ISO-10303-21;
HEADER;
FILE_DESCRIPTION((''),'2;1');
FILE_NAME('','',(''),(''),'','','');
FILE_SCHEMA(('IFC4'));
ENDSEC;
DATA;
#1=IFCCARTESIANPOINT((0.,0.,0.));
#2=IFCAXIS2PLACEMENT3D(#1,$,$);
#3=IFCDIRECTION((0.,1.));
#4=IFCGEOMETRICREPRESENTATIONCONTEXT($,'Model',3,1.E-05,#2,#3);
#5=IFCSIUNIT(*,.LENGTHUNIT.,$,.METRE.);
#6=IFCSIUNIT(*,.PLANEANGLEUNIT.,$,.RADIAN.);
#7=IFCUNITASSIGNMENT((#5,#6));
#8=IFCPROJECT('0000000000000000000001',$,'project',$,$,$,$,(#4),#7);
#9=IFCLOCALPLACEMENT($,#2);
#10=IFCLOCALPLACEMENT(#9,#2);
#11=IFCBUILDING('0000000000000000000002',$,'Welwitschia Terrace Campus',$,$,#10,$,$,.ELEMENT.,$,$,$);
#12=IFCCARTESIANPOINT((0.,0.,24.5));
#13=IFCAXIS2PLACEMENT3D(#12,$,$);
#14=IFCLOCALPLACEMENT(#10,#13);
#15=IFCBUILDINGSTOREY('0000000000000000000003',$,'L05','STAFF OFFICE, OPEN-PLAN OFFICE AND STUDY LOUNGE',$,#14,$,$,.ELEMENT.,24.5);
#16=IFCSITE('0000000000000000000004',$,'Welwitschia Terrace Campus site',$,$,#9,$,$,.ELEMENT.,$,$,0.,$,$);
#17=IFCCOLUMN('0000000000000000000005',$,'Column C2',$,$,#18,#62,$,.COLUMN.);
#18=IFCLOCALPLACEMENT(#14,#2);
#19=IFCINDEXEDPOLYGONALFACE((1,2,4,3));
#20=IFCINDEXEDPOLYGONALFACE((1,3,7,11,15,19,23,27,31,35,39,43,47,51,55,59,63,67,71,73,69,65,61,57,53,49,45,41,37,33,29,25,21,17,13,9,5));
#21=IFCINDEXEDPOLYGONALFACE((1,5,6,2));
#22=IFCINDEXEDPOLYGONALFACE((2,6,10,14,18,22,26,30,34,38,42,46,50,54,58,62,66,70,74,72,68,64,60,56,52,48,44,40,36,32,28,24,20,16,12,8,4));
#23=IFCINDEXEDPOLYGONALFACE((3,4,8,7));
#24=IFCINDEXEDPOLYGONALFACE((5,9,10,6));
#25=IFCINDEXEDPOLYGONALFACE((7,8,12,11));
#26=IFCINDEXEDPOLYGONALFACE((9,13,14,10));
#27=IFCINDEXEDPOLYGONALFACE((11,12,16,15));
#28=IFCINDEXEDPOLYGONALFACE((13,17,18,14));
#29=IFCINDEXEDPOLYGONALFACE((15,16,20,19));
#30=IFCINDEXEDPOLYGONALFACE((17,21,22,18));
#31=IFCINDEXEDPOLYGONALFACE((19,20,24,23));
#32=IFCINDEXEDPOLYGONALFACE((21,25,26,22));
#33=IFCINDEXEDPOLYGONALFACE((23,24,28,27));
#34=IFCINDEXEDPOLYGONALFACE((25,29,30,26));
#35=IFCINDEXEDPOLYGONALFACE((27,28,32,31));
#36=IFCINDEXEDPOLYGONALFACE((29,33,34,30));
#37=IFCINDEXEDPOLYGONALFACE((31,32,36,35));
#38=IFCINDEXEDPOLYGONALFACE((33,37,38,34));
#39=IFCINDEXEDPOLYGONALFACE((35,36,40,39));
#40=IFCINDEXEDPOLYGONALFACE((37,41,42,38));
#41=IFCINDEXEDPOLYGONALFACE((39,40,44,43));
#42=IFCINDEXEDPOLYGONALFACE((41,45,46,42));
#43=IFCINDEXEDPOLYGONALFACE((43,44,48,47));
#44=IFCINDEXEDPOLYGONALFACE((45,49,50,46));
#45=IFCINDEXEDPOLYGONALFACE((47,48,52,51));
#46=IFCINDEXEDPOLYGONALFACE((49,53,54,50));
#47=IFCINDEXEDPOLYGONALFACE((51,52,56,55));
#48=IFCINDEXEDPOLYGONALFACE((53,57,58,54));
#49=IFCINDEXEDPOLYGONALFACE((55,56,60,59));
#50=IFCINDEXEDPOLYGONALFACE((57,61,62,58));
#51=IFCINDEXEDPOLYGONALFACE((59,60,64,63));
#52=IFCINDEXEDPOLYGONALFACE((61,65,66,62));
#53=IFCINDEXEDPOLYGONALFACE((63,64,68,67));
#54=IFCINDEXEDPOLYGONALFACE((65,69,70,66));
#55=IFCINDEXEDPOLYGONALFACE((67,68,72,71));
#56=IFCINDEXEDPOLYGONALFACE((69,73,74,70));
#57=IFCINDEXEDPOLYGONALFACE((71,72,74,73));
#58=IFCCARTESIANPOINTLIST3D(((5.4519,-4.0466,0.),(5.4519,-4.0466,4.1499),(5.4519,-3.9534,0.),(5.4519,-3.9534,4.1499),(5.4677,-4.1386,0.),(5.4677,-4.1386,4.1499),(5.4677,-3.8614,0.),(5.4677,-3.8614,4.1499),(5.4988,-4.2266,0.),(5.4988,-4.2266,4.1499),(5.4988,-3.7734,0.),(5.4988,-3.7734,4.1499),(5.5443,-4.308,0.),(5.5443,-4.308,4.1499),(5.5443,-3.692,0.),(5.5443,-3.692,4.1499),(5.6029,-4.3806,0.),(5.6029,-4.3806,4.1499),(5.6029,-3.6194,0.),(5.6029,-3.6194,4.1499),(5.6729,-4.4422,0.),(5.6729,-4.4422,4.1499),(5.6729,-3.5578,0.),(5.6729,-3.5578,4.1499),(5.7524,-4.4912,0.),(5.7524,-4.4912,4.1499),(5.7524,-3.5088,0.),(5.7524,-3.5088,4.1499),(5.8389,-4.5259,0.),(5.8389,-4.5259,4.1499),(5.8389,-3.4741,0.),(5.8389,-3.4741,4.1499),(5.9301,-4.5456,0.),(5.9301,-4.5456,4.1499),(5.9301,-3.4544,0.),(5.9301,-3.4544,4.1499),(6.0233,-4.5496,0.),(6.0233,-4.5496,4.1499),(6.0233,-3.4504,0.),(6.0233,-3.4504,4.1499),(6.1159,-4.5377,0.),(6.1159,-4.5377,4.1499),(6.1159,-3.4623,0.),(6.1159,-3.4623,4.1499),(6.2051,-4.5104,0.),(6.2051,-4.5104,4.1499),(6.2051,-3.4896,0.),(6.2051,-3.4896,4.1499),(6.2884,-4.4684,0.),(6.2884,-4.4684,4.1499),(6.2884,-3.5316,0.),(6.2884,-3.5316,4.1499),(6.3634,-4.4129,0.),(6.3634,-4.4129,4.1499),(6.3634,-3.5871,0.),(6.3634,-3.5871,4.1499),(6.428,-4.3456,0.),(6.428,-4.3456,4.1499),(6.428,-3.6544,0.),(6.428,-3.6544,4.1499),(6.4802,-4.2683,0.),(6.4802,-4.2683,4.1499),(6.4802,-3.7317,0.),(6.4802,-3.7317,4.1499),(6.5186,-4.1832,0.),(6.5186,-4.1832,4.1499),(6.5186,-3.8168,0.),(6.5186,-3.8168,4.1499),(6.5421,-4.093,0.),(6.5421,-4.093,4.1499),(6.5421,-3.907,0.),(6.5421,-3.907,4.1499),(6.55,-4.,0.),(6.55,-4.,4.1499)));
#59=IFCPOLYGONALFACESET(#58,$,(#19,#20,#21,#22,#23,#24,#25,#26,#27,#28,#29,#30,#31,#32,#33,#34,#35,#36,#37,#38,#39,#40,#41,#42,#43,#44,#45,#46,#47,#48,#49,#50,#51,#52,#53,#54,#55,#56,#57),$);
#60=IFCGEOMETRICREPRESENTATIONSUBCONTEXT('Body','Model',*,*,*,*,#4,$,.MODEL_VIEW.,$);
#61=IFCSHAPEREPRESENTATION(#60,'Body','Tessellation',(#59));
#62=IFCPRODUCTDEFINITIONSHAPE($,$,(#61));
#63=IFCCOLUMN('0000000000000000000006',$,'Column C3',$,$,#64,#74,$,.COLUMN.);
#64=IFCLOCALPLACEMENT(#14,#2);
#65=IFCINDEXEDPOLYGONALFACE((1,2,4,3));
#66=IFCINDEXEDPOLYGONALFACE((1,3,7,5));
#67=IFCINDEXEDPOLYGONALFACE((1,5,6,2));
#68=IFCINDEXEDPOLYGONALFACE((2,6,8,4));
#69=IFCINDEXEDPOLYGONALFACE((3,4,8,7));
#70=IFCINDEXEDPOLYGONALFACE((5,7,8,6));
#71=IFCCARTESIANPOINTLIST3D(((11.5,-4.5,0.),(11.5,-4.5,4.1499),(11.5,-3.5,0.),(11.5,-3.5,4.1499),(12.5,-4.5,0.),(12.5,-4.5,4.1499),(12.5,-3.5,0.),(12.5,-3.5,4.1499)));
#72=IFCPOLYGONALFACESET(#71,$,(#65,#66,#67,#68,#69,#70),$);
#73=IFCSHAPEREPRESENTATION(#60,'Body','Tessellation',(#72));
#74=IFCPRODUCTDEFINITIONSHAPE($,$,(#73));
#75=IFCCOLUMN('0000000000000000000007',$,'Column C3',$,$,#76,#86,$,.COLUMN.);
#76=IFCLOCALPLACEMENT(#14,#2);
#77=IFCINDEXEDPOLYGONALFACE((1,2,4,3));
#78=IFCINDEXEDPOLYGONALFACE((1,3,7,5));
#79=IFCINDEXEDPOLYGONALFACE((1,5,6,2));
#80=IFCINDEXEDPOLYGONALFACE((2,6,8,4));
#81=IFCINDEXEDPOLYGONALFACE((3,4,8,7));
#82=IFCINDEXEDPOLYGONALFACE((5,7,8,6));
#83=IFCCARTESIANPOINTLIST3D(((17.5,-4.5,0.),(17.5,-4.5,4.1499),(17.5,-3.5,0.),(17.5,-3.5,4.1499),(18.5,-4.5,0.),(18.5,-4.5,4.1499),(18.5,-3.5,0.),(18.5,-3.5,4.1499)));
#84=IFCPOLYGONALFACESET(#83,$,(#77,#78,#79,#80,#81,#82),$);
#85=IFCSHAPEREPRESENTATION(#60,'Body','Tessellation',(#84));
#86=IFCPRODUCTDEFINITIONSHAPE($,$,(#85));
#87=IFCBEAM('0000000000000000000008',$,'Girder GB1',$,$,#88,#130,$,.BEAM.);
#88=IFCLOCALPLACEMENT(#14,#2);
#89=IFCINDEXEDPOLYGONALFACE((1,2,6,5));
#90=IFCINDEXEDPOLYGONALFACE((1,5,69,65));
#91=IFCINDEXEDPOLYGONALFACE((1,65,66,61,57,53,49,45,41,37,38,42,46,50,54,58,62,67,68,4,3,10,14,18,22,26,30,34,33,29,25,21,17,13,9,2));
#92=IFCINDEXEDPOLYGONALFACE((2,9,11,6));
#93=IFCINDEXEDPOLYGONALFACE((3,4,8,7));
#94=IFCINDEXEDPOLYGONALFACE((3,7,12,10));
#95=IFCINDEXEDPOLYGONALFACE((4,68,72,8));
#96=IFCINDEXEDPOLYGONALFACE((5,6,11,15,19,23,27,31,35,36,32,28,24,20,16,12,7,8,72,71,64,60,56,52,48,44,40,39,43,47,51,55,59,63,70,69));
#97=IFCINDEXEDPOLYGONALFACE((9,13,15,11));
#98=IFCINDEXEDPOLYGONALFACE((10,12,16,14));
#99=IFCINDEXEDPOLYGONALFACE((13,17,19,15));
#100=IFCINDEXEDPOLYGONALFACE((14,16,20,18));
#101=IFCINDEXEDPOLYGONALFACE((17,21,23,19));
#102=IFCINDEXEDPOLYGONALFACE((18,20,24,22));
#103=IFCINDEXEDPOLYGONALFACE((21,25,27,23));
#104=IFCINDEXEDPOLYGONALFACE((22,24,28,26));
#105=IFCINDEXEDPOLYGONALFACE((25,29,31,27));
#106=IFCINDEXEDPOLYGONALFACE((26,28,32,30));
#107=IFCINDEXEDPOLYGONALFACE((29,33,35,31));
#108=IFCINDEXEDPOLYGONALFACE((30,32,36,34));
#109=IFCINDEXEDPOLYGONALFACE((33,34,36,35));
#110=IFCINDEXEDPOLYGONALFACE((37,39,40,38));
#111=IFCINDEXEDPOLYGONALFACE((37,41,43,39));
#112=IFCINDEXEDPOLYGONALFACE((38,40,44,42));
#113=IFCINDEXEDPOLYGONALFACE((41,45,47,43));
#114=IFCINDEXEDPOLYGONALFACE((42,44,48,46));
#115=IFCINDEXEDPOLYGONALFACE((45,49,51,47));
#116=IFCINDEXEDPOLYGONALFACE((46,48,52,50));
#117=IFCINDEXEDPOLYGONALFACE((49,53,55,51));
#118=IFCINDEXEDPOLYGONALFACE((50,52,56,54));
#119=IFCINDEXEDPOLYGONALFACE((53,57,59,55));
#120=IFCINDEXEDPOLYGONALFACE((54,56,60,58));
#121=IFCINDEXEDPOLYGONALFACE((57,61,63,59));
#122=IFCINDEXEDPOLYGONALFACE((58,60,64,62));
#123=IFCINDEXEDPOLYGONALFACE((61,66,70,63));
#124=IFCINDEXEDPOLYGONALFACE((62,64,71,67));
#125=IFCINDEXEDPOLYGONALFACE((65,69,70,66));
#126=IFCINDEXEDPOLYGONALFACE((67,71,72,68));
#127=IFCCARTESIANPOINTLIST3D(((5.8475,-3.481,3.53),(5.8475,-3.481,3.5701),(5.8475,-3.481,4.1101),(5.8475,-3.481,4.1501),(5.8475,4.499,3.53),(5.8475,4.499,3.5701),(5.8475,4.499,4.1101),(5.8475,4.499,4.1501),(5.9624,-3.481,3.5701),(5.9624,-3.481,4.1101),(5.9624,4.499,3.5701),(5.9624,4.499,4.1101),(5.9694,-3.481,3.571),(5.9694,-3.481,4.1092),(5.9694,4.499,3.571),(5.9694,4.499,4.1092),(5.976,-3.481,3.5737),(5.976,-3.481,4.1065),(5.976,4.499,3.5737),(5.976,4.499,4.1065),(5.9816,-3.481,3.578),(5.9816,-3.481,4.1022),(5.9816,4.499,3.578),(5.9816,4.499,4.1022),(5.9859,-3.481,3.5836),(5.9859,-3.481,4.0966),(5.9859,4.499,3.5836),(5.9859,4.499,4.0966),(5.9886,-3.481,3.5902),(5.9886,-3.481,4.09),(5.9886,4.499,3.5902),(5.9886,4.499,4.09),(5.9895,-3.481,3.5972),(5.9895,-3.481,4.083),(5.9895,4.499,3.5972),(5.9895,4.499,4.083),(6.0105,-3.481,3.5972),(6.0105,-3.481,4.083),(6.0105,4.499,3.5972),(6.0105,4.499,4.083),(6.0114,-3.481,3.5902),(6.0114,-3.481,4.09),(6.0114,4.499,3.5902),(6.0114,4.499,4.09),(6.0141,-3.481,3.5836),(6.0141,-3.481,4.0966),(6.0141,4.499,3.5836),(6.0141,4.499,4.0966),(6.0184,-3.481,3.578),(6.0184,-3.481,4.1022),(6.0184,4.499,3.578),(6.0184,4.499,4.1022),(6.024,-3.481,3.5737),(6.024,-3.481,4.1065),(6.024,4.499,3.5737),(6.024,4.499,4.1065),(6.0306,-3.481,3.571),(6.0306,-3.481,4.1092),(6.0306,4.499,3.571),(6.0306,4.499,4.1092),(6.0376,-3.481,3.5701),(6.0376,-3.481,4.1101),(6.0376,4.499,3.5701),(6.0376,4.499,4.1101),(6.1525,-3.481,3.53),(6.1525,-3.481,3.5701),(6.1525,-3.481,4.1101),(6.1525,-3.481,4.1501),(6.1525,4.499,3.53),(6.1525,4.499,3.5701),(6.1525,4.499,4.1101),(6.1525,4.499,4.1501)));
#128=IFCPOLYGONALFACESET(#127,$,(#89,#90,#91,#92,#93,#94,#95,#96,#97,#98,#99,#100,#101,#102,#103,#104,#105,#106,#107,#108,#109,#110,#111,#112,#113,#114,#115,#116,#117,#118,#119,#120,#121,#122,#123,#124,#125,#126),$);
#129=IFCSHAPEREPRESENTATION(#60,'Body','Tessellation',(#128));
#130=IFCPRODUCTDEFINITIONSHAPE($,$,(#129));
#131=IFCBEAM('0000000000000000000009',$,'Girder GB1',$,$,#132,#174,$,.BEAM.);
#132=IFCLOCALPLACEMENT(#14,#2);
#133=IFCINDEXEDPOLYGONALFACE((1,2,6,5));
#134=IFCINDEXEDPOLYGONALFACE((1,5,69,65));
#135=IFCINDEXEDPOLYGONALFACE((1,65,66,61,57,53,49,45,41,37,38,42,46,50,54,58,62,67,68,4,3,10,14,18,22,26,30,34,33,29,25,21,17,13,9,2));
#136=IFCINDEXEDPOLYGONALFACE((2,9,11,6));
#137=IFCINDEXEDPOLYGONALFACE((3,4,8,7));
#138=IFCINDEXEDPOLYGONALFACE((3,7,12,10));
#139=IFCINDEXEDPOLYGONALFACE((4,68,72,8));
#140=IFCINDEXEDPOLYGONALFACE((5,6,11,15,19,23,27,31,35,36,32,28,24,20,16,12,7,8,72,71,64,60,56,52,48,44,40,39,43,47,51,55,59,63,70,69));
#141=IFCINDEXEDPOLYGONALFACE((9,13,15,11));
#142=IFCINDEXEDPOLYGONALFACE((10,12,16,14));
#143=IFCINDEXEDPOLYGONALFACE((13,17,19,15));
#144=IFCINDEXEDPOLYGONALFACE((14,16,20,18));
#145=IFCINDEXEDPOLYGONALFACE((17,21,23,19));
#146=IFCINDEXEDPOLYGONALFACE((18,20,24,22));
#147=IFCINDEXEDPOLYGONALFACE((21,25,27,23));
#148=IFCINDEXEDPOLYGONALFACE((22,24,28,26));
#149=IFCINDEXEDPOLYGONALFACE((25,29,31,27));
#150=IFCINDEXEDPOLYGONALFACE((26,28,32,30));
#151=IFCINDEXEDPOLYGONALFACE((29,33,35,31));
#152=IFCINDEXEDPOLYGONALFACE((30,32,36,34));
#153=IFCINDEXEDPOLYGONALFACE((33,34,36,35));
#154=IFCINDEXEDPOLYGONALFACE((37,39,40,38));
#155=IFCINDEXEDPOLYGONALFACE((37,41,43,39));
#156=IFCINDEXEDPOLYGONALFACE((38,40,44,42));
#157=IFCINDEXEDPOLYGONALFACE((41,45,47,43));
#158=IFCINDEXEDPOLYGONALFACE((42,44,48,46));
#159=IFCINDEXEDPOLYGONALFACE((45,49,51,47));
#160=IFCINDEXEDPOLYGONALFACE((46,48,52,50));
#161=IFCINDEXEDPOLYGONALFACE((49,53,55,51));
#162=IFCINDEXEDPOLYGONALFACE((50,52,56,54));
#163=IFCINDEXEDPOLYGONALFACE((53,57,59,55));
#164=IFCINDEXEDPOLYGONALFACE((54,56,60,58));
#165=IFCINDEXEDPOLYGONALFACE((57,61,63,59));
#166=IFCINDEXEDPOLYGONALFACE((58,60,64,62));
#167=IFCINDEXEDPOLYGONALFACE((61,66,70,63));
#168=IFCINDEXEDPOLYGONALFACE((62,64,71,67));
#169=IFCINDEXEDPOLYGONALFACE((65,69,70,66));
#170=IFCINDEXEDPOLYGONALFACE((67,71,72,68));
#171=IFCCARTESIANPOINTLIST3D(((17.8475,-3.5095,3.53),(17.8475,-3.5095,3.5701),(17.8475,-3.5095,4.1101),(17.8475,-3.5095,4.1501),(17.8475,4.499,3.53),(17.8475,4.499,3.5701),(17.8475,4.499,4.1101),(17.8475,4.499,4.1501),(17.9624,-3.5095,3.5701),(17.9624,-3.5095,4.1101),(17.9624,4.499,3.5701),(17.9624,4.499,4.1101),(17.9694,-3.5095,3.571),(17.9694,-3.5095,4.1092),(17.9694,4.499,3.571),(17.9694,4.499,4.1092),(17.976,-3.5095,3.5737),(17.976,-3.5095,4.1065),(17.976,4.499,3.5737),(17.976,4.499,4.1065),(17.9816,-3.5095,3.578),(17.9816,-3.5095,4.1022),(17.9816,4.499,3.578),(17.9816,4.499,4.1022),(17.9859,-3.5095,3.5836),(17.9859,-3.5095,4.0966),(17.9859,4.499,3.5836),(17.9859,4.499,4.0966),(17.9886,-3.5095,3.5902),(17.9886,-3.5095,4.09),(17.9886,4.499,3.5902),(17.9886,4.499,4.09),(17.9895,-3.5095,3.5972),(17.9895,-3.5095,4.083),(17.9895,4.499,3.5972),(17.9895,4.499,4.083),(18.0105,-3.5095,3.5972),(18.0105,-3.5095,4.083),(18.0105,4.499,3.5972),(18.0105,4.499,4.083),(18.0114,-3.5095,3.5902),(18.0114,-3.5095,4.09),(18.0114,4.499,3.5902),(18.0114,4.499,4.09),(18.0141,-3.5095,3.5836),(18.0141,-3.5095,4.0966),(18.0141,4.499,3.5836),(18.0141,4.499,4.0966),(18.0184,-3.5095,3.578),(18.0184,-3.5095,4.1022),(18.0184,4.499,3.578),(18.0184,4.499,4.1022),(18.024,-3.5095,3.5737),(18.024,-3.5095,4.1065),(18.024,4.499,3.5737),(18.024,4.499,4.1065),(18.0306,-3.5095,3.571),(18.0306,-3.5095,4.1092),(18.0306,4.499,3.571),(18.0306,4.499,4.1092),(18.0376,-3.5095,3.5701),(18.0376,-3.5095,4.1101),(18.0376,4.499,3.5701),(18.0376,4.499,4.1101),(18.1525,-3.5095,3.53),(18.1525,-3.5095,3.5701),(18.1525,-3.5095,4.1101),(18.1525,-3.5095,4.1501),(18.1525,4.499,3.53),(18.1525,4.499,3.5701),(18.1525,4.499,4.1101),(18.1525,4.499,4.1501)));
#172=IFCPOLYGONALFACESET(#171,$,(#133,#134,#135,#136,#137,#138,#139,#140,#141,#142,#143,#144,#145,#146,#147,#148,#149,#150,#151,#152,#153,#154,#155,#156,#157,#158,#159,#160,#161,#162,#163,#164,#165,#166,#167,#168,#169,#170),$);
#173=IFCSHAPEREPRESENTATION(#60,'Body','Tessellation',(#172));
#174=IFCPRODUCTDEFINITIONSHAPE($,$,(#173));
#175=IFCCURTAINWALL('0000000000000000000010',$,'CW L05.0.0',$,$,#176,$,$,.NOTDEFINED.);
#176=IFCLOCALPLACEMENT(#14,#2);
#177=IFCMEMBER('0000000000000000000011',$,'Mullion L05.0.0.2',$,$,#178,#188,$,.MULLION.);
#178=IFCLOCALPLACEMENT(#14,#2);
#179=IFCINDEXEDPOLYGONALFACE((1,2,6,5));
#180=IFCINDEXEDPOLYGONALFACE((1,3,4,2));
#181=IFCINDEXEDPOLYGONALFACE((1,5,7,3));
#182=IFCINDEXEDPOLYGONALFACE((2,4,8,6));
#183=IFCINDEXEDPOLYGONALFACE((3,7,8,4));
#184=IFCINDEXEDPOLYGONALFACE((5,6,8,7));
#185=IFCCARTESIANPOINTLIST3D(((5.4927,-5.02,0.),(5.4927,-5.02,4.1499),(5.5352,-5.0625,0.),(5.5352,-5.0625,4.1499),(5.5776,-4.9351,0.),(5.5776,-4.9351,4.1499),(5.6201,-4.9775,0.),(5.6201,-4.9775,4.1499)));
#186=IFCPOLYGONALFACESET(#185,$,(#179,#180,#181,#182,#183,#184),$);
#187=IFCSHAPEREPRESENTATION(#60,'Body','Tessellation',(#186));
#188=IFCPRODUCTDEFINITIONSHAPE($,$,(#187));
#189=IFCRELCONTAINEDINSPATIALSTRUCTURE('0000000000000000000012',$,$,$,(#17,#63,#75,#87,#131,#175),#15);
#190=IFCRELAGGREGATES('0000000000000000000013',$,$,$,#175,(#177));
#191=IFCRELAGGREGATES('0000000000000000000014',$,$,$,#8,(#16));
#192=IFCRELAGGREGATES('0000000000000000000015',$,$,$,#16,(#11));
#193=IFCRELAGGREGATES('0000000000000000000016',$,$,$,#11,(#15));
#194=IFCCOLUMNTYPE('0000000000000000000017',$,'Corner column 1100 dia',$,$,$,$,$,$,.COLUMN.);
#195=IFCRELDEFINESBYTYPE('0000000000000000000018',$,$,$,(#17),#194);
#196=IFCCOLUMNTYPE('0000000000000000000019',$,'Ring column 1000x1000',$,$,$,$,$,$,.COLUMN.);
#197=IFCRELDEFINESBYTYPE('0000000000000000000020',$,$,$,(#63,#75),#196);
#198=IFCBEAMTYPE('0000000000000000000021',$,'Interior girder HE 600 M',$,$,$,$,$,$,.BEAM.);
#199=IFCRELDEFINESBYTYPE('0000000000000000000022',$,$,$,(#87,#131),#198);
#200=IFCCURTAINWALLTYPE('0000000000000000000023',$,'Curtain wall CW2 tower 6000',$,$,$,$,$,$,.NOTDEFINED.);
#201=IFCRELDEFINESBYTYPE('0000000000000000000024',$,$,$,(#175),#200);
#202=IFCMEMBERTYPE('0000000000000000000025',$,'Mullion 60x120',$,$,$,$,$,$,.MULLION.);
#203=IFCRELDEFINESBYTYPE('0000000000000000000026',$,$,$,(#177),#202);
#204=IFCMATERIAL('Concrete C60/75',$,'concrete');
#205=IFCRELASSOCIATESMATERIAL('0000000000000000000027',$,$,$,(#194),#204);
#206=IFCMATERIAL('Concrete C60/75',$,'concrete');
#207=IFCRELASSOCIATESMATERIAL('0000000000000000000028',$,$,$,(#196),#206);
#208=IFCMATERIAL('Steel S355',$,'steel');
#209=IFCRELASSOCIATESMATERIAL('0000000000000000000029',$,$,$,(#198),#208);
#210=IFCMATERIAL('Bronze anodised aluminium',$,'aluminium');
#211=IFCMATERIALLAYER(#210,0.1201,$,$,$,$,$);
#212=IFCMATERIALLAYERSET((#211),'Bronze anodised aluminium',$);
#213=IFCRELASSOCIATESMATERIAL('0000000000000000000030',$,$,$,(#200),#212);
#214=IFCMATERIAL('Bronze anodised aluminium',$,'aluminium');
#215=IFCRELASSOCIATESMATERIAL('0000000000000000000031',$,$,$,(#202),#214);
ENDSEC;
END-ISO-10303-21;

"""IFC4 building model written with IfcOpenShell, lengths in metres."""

from ifc_helpers import new_model, si_unit, direction, frame, origin, origin_2d, place, context, subcontext, project, spatial, rectangle, circle, i_section, extrude, material, layer, layer_set, material_profile, profile_set, type_object, element, aggregate, save


model = new_model("IFC4")

# Units and contexts
model_context = context("Model", 3, precision=1e-05, world=origin(), true_north=direction((0.0, 1.0)))
body_context = subcontext(model_context, "Body", "Model", "MODEL_VIEW")
ifc_project = project(units=[si_unit("LENGTHUNIT", "METRE"), si_unit("PLANEANGLEUNIT", "RADIAN")], contexts=[model_context])

# Site, building, storey
site_placement = place(None, origin())
site = spatial("IfcSite", under=ifc_project, at=site_placement, Name="Welwitschia Terrace Campus site", CompositionType="ELEMENT", RefElevation=0.0)
building_placement = place(site_placement, origin())
building = spatial("IfcBuilding", under=site, at=building_placement, Name="Welwitschia Terrace Campus", CompositionType="ELEMENT")
storey_placement = place(building_placement, frame((0.0, 0.0, 24.5)))
storey = spatial("IfcBuildingStorey", under=building, at=storey_placement, Name="L05", Description="STAFF OFFICE, OPEN-PLAN OFFICE AND STUDY LOUNGE", CompositionType="ELEMENT", Elevation=24.5)

# Columns
ifc_material_1 = material(Name="Concrete C60/75", Category="concrete")
ifc_material_profile_1 = material_profile(ifc_material_1, circle(Radius=0.55, at=origin_2d()))
ifc_profile_set_1 = profile_set([ifc_material_profile_1], Name="Concrete C60/75")
column_type_1 = type_object("IfcColumnType", Name="Corner column 1100 dia", PredefinedType="COLUMN", material=ifc_profile_set_1)
column_placement = place(storey_placement, frame((6.0, -4.0, 0.0), z_axis=(0.0, 0.0, 1.0), x_axis=(1.0, 0.0, 0.0)))
element("IfcColumn", 1, at=column_placement, inside=storey, type_object=column_type_1, Name="Column C2", PredefinedType="COLUMN", context=body_context, shape_type="SweptSolid", body=[
    extrude(circle(Radius=0.55, at=origin_2d()), origin(), (0.0, 0.0, 1.0), 4.1499),
])
ifc_material_2 = material(Name="Concrete C60/75", Category="concrete")
ifc_material_profile_2 = material_profile(ifc_material_2, rectangle(XDim=1.0, YDim=1.0, at=origin_2d()))
ifc_profile_set_2 = profile_set([ifc_material_profile_2], Name="Concrete C60/75")
column_type_2 = type_object("IfcColumnType", Name="Ring column 1000x1000", PredefinedType="COLUMN", material=ifc_profile_set_2)
for number, where, z_axis, x_axis, name in (
    (2, (12.0, -4.0, 0.0), (0.0, 0.0, 1.0), (1.0, 0.0, 0.0), "Column C3"),
    (3, (18.0, -4.0, 0.0), (0.0, 0.0, 1.0), (1.0, 0.0, 0.0), "Column C3"),
):
    element("IfcColumn", number, at=place(storey_placement, frame(where, z_axis=z_axis, x_axis=x_axis)), inside=storey, type_object=column_type_2, Name=name, PredefinedType="COLUMN", context=body_context, shape_type="SweptSolid", body=[
        extrude(rectangle(XDim=1.0, YDim=1.0, at=origin_2d()), origin(), (0.0, 0.0, 1.0), 4.1499),
    ])

# Beams
ifc_material_3 = material(Name="Steel S355", Category="steel")
ifc_material_profile_3 = material_profile(ifc_material_3, i_section(OverallWidth=0.3049, OverallDepth=0.6201, WebThickness=0.021, FlangeThickness=0.04, FilletRadius=0.0271, at=origin_2d()))
ifc_profile_set_3 = profile_set([ifc_material_profile_3], Name="Steel S355")
beam_type_1 = type_object("IfcBeamType", Name="Interior girder HE 600 M", PredefinedType="BEAM", material=ifc_profile_set_3)
beam_1_placement = place(storey_placement, frame((6.0, -3.481, 3.8401), z_axis=(0.0, 1.0, 0.0), x_axis=(-1.0, 0.0, 0.0)))
element("IfcBeam", 4, at=beam_1_placement, inside=storey, type_object=beam_type_1, Name="Girder GB1", PredefinedType="BEAM", context=body_context, shape_type="SweptSolid", body=[
    extrude(i_section(OverallWidth=0.3049, OverallDepth=0.6201, WebThickness=0.021, FlangeThickness=0.04, FilletRadius=0.0271, at=origin_2d()), origin(), (0.0, 0.0, 1.0), 7.98),
])
beam_2_placement = place(storey_placement, frame((18.0, -3.5095, 3.8401), z_axis=(0.0, 1.0, 0.0), x_axis=(-1.0, 0.0, 0.0)))
element("IfcBeam", 5, at=beam_2_placement, inside=storey, type_object=beam_type_1, Name="Girder GB1", PredefinedType="BEAM", context=body_context, shape_type="SweptSolid", body=[
    extrude(i_section(OverallWidth=0.3049, OverallDepth=0.6201, WebThickness=0.021, FlangeThickness=0.04, FilletRadius=0.0271, at=origin_2d()), origin(), (0.0, 0.0, 1.0), 8.0085),
])

# Curtain wall, member
ifc_material_4 = material(Name="Bronze anodised aluminium", Category="aluminium")
ifc_layer_1 = layer(ifc_material_4, 0.1201)
ifc_layer_set_1 = layer_set([ifc_layer_1], Name="Bronze anodised aluminium")
curtain_wall_type = type_object("IfcCurtainWallType", Name="Curtain wall CW2 tower 6000", PredefinedType="NOTDEFINED", material=ifc_layer_set_1)
curtain_wall_1_placement = place(storey_placement, origin())
curtain_wall_1 = element("IfcCurtainWall", 6, at=curtain_wall_1_placement, inside=storey, type_object=curtain_wall_type, Name="CW L05.0.0", PredefinedType="NOTDEFINED")
ifc_material_5 = material(Name="Bronze anodised aluminium", Category="aluminium")
ifc_material_profile_4 = material_profile(ifc_material_5, rectangle(XDim=0.1201, YDim=0.0601, at=origin_2d()))
ifc_profile_set_4 = profile_set([ifc_material_profile_4], Name="Bronze anodised aluminium")
member_type_1 = type_object("IfcMemberType", Name="Mullion 60x120", PredefinedType="MULLION", material=ifc_profile_set_4)
member_1_placement = place(storey_placement, frame((5.5564, -4.9988, 0.0), z_axis=(0.0, 0.0, 1.0), x_axis=(0.707107, 0.707107, 0.0)))
member_1 = element("IfcMember", 7, at=member_1_placement, type_object=member_type_1, Name="Mullion L05.0.0.2", PredefinedType="MULLION", context=body_context, shape_type="SweptSolid", body=[
    extrude(rectangle(XDim=0.1201, YDim=0.0601, at=origin_2d()), origin(), (0.0, 0.0, 1.0), 4.1499),
])

aggregate(curtain_wall_1, [member_1])

save(model, "model.ifc")
